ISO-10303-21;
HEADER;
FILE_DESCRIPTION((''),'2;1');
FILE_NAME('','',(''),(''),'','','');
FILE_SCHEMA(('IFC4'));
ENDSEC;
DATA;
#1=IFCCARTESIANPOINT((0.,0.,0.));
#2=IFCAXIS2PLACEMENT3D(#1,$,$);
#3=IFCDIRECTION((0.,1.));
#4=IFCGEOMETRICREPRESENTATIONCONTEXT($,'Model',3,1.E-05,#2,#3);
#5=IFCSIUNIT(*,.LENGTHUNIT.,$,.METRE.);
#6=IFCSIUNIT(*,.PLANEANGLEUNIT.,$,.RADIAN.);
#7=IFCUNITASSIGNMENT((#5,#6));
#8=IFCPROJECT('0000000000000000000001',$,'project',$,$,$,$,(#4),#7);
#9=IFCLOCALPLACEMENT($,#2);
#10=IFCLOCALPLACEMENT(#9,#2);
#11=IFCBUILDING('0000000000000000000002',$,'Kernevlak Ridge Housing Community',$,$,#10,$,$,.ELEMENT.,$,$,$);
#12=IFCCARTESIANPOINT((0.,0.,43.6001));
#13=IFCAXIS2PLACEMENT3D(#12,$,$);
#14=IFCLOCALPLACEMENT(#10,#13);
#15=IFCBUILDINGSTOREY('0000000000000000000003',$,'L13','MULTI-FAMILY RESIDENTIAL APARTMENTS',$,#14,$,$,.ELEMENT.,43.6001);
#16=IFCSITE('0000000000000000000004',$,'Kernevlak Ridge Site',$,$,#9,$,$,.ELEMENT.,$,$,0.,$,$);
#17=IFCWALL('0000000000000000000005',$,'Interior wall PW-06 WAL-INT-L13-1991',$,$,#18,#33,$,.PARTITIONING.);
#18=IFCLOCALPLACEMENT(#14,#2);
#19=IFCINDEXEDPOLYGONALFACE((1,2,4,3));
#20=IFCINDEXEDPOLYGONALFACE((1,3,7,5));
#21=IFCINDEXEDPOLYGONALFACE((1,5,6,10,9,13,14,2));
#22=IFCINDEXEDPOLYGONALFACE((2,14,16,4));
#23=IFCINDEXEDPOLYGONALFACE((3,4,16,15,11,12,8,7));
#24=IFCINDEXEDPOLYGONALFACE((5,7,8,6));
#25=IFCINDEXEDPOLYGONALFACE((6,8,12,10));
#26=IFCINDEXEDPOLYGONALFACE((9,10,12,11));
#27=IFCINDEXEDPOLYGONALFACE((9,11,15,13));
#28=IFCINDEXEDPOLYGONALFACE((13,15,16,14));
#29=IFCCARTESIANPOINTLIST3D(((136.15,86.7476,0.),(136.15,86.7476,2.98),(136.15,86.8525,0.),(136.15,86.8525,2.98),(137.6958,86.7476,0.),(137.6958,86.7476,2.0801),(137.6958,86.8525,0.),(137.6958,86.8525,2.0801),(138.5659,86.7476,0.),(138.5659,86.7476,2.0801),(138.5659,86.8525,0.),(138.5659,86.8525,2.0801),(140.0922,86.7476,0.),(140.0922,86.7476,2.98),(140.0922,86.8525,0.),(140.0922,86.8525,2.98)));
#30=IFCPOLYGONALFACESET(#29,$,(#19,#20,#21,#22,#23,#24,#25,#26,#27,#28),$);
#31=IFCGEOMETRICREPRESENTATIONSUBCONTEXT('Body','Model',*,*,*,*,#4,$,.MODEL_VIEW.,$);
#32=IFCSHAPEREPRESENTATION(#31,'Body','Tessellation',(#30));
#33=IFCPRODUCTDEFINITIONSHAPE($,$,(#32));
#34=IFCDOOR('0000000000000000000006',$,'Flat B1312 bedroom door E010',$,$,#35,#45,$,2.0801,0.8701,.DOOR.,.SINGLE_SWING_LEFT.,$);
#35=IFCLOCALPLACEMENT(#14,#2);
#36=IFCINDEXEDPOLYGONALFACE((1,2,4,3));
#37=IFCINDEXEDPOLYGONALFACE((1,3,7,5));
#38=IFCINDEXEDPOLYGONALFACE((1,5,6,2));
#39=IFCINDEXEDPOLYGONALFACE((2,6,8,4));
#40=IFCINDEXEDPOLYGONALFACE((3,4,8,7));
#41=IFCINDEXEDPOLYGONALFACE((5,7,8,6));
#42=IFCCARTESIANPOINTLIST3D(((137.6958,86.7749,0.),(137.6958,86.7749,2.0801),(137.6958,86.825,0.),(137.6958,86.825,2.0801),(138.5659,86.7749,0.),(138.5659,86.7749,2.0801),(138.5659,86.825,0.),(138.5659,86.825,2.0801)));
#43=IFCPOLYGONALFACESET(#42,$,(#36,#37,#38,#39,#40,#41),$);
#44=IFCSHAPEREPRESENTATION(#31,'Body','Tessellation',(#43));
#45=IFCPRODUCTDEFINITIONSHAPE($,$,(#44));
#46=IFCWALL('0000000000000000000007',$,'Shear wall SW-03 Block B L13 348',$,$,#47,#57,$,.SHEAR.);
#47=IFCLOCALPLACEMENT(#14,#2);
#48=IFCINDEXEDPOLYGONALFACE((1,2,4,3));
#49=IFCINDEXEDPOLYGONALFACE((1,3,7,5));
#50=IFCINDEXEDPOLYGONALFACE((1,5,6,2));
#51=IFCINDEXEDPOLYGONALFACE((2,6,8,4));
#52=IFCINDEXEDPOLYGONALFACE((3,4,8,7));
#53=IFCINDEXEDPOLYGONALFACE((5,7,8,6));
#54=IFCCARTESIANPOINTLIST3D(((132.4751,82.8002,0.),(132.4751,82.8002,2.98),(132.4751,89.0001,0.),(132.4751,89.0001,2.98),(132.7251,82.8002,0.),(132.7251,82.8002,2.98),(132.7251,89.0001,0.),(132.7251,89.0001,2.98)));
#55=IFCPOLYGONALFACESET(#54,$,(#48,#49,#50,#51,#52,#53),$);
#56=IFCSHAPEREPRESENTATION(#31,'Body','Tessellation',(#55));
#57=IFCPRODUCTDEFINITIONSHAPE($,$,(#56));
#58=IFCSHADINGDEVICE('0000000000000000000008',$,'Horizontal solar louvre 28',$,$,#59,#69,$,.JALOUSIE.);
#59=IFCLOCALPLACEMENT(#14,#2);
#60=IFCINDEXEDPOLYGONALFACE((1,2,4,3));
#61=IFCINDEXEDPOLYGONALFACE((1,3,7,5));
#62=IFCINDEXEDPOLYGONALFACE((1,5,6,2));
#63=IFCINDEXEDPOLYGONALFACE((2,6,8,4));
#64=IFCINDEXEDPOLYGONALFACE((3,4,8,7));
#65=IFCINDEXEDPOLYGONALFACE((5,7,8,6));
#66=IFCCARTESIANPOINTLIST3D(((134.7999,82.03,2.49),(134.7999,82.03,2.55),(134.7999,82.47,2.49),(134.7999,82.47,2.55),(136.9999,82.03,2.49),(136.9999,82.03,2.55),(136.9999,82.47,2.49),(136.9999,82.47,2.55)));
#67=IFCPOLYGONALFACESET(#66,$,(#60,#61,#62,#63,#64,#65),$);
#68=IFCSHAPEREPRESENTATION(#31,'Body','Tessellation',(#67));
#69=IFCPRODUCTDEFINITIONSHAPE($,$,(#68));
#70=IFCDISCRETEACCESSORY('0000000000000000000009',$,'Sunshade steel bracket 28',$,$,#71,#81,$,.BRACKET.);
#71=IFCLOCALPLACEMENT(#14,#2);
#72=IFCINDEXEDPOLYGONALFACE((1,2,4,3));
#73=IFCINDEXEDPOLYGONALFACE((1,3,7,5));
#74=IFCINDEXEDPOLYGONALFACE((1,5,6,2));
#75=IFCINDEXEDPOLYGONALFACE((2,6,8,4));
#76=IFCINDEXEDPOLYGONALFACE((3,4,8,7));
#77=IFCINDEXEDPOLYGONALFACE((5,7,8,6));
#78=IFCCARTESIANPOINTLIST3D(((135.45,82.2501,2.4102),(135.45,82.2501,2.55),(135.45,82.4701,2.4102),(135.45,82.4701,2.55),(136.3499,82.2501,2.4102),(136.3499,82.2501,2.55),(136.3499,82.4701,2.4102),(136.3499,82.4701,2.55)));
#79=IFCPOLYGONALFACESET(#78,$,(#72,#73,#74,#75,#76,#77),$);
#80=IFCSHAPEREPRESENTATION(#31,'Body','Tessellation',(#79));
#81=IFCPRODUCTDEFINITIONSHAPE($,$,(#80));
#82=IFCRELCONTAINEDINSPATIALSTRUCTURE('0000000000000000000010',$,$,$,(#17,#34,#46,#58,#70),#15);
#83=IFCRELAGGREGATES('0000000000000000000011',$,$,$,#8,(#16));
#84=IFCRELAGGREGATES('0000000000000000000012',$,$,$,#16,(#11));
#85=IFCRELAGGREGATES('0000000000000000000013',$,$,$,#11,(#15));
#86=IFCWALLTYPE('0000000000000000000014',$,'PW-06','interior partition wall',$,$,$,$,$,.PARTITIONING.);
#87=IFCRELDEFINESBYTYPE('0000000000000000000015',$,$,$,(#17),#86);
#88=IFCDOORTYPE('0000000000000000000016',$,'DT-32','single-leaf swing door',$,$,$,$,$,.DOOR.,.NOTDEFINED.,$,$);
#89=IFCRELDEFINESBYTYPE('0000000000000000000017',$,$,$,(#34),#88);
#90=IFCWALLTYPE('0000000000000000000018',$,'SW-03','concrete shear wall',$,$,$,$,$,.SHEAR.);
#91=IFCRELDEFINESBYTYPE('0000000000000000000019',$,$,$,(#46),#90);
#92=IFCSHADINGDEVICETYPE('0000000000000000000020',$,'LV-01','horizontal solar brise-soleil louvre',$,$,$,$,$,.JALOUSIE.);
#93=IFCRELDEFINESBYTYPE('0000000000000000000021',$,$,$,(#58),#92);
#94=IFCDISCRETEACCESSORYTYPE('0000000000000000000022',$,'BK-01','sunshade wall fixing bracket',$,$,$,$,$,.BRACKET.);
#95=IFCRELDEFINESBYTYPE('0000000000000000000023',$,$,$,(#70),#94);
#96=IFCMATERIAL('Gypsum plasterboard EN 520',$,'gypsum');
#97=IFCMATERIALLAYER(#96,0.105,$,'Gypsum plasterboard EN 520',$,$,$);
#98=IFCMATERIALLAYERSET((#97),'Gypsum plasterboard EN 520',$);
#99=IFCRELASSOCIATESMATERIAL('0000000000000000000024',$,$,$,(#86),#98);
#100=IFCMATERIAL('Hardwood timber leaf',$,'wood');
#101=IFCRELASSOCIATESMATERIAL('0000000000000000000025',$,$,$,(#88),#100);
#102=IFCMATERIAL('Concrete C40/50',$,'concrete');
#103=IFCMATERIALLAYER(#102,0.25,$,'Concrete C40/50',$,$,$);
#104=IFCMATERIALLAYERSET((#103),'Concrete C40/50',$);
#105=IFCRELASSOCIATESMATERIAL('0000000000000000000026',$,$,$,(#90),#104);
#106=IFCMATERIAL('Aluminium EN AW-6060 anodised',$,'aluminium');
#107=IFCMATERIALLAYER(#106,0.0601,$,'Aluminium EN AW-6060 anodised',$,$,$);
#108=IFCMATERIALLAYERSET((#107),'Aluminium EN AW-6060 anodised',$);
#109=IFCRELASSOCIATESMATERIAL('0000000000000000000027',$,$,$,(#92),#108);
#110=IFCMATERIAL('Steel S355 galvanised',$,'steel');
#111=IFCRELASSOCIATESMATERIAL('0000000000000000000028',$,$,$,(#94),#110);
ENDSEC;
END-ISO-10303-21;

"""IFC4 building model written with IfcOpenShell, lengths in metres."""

from ifc_helpers import new_model, si_unit, direction, frame, frame_2d, origin, origin_2d, place, context, subcontext, project, spatial, rectangle, extrude, material, layer, layer_set, type_object, element, fill, save


model = new_model("IFC4")

# Units and contexts
model_context = context("Model", 3, precision=1e-05, world=origin(), true_north=direction((0.0, 1.0)))
body_context = subcontext(model_context, "Body", "Model", "MODEL_VIEW")
ifc_project = project(units=[si_unit("LENGTHUNIT", "METRE"), si_unit("PLANEANGLEUNIT", "RADIAN")], contexts=[model_context])

# Site, building, storey
site_placement = place(None, origin())
site = spatial("IfcSite", under=ifc_project, at=site_placement, Name="Kernevlak Ridge Site", CompositionType="ELEMENT", RefElevation=0.0)
building_placement = place(site_placement, origin())
building = spatial("IfcBuilding", under=site, at=building_placement, Name="Kernevlak Ridge Housing Community", CompositionType="ELEMENT")
storey_placement = place(building_placement, frame((0.0, 0.0, 43.6001)))
storey = spatial("IfcBuildingStorey", under=building, at=storey_placement, Name="L13", Description="MULTI-FAMILY RESIDENTIAL APARTMENTS", CompositionType="ELEMENT", Elevation=43.6001)

# Shared definitions
ifc_material_1 = material(Name="Hardwood timber leaf", Category="wood")

# Shared definitions
ifc_material_2 = material(Name="Gypsum plasterboard EN 520", Category="gypsum")

# Wall, opening, door
ifc_layer_1 = layer(ifc_material_2, 0.105, Name="Gypsum plasterboard EN 520")
ifc_layer_set_1 = layer_set([ifc_layer_1], Name="Gypsum plasterboard EN 520")
wall_type_1 = type_object("IfcWallType", Name="PW-06", Description="interior partition wall", PredefinedType="PARTITIONING", material=ifc_layer_set_1)
wall_1_placement = place(storey_placement, frame((136.1499, 86.8, 0.0), z_axis=(0.0, 0.0, 1.0), x_axis=(1.0, 0.0, 0.0)))
wall_1 = element("IfcWall", 1, at=wall_1_placement, inside=storey, type_object=wall_type_1, Name="Interior wall PW-06 WAL-INT-L13-1991", PredefinedType="PARTITIONING", context=body_context, shape_type="SweptSolid", body=[
    extrude(rectangle(XDim=3.9421, YDim=0.105, at=frame_2d((1.9712, 0.0))), origin(), (0.0, 0.0, 1.0), 2.98),
])
opening_1_placement = place(wall_1_placement, frame((1.5459, 0.0, 0.0)))
opening_1 = element("IfcOpeningElement", 2, at=opening_1_placement, cuts=wall_1, PredefinedType="OPENING", context=body_context, shape_type="SweptSolid", body=[
    extrude(rectangle(XDim=0.8701, YDim=2.0801, at=frame_2d((0.4351, 1.04))), frame((0.0, 0.0625, 0.0), z_axis=(0.0, -1.0, 0.0), x_axis=(1.0, 0.0, 0.0)), (0.0, 0.0, 1.0), 0.125),
])
door_type_1 = type_object("IfcDoorType", Name="DT-32", Description="single-leaf swing door", OperationType="NOTDEFINED", PredefinedType="DOOR", material=ifc_material_1)
door_1_placement = place(opening_1_placement, origin())
door_1 = element("IfcDoor", 3, at=door_1_placement, inside=storey, type_object=door_type_1, Name="Flat B1312 bedroom door E010", OperationType="SINGLE_SWING_LEFT", OverallHeight=2.0801, OverallWidth=0.8701, PredefinedType="DOOR", context=body_context, shape_type="SweptSolid", body=[
    extrude(rectangle(XDim=0.8701, YDim=2.0801, at=frame_2d((0.4351, 1.04))), frame((0.0, 0.0249, 0.0), z_axis=(0.0, -1.0, 0.0), x_axis=(1.0, 0.0, 0.0)), (0.0, 0.0, 1.0), 0.05),
])
fill(opening_1, door_1)

# Wall
ifc_material_3 = material(Name="Concrete C40/50", Category="concrete")
ifc_layer_2 = layer(ifc_material_3, 0.25, Name="Concrete C40/50")
ifc_layer_set_2 = layer_set([ifc_layer_2], Name="Concrete C40/50")
wall_type_2 = type_object("IfcWallType", Name="SW-03", Description="concrete shear wall", PredefinedType="SHEAR", material=ifc_layer_set_2)
wall_2_placement = place(storey_placement, frame((132.6001, 82.8, 0.0), z_axis=(0.0, 0.0, 1.0), x_axis=(0.0, 1.0, 0.0)))
element("IfcWall", 4, at=wall_2_placement, inside=storey, type_object=wall_type_2, Name="Shear wall SW-03 Block B L13 348", PredefinedType="SHEAR", context=body_context, shape_type="SweptSolid", body=[
    extrude(rectangle(XDim=6.2, YDim=0.25, at=frame_2d((3.1001, 0.0))), origin(), (0.0, 0.0, 1.0), 2.98),
])

# Shading device
ifc_material_4 = material(Name="Aluminium EN AW-6060 anodised", Category="aluminium")
ifc_layer_3 = layer(ifc_material_4, 0.0601, Name="Aluminium EN AW-6060 anodised")
ifc_layer_set_3 = layer_set([ifc_layer_3], Name="Aluminium EN AW-6060 anodised")
shading_device_type = type_object("IfcShadingDeviceType", Name="LV-01", Description="horizontal solar brise-soleil louvre", PredefinedType="JALOUSIE", material=ifc_layer_set_3)
shading_device_placement = place(storey_placement, frame((135.8999, 82.25, 2.49), z_axis=(0.0, 0.0, 1.0), x_axis=(1.0, 0.0, 0.0)))
element("IfcShadingDevice", 5, at=shading_device_placement, inside=storey, type_object=shading_device_type, Name="Horizontal solar louvre 28", PredefinedType="JALOUSIE", context=body_context, shape_type="SweptSolid", body=[
    extrude(rectangle(XDim=2.2, YDim=0.4399, at=origin_2d()), origin(), (0.0, 0.0, 1.0), 0.0601),
])

# Discrete accessory
ifc_material_5 = material(Name="Steel S355 galvanised", Category="steel")
discrete_accessory_type = type_object("IfcDiscreteAccessoryType", Name="BK-01", Description="sunshade wall fixing bracket", PredefinedType="BRACKET", material=ifc_material_5)
discrete_accessory_placement = place(storey_placement, frame((135.8999, 82.3601, 2.4102), z_axis=(0.0, 0.0, 1.0), x_axis=(1.0, 0.0, 0.0)))
element("IfcDiscreteAccessory", 6, at=discrete_accessory_placement, inside=storey, type_object=discrete_accessory_type, Name="Sunshade steel bracket 28", PredefinedType="BRACKET", context=body_context, shape_type="SweptSolid", body=[
    extrude(rectangle(XDim=0.8999, YDim=0.22, at=origin_2d()), origin(), (0.0, 0.0, 1.0), 0.1399),
])

save(model, "model.ifc")
